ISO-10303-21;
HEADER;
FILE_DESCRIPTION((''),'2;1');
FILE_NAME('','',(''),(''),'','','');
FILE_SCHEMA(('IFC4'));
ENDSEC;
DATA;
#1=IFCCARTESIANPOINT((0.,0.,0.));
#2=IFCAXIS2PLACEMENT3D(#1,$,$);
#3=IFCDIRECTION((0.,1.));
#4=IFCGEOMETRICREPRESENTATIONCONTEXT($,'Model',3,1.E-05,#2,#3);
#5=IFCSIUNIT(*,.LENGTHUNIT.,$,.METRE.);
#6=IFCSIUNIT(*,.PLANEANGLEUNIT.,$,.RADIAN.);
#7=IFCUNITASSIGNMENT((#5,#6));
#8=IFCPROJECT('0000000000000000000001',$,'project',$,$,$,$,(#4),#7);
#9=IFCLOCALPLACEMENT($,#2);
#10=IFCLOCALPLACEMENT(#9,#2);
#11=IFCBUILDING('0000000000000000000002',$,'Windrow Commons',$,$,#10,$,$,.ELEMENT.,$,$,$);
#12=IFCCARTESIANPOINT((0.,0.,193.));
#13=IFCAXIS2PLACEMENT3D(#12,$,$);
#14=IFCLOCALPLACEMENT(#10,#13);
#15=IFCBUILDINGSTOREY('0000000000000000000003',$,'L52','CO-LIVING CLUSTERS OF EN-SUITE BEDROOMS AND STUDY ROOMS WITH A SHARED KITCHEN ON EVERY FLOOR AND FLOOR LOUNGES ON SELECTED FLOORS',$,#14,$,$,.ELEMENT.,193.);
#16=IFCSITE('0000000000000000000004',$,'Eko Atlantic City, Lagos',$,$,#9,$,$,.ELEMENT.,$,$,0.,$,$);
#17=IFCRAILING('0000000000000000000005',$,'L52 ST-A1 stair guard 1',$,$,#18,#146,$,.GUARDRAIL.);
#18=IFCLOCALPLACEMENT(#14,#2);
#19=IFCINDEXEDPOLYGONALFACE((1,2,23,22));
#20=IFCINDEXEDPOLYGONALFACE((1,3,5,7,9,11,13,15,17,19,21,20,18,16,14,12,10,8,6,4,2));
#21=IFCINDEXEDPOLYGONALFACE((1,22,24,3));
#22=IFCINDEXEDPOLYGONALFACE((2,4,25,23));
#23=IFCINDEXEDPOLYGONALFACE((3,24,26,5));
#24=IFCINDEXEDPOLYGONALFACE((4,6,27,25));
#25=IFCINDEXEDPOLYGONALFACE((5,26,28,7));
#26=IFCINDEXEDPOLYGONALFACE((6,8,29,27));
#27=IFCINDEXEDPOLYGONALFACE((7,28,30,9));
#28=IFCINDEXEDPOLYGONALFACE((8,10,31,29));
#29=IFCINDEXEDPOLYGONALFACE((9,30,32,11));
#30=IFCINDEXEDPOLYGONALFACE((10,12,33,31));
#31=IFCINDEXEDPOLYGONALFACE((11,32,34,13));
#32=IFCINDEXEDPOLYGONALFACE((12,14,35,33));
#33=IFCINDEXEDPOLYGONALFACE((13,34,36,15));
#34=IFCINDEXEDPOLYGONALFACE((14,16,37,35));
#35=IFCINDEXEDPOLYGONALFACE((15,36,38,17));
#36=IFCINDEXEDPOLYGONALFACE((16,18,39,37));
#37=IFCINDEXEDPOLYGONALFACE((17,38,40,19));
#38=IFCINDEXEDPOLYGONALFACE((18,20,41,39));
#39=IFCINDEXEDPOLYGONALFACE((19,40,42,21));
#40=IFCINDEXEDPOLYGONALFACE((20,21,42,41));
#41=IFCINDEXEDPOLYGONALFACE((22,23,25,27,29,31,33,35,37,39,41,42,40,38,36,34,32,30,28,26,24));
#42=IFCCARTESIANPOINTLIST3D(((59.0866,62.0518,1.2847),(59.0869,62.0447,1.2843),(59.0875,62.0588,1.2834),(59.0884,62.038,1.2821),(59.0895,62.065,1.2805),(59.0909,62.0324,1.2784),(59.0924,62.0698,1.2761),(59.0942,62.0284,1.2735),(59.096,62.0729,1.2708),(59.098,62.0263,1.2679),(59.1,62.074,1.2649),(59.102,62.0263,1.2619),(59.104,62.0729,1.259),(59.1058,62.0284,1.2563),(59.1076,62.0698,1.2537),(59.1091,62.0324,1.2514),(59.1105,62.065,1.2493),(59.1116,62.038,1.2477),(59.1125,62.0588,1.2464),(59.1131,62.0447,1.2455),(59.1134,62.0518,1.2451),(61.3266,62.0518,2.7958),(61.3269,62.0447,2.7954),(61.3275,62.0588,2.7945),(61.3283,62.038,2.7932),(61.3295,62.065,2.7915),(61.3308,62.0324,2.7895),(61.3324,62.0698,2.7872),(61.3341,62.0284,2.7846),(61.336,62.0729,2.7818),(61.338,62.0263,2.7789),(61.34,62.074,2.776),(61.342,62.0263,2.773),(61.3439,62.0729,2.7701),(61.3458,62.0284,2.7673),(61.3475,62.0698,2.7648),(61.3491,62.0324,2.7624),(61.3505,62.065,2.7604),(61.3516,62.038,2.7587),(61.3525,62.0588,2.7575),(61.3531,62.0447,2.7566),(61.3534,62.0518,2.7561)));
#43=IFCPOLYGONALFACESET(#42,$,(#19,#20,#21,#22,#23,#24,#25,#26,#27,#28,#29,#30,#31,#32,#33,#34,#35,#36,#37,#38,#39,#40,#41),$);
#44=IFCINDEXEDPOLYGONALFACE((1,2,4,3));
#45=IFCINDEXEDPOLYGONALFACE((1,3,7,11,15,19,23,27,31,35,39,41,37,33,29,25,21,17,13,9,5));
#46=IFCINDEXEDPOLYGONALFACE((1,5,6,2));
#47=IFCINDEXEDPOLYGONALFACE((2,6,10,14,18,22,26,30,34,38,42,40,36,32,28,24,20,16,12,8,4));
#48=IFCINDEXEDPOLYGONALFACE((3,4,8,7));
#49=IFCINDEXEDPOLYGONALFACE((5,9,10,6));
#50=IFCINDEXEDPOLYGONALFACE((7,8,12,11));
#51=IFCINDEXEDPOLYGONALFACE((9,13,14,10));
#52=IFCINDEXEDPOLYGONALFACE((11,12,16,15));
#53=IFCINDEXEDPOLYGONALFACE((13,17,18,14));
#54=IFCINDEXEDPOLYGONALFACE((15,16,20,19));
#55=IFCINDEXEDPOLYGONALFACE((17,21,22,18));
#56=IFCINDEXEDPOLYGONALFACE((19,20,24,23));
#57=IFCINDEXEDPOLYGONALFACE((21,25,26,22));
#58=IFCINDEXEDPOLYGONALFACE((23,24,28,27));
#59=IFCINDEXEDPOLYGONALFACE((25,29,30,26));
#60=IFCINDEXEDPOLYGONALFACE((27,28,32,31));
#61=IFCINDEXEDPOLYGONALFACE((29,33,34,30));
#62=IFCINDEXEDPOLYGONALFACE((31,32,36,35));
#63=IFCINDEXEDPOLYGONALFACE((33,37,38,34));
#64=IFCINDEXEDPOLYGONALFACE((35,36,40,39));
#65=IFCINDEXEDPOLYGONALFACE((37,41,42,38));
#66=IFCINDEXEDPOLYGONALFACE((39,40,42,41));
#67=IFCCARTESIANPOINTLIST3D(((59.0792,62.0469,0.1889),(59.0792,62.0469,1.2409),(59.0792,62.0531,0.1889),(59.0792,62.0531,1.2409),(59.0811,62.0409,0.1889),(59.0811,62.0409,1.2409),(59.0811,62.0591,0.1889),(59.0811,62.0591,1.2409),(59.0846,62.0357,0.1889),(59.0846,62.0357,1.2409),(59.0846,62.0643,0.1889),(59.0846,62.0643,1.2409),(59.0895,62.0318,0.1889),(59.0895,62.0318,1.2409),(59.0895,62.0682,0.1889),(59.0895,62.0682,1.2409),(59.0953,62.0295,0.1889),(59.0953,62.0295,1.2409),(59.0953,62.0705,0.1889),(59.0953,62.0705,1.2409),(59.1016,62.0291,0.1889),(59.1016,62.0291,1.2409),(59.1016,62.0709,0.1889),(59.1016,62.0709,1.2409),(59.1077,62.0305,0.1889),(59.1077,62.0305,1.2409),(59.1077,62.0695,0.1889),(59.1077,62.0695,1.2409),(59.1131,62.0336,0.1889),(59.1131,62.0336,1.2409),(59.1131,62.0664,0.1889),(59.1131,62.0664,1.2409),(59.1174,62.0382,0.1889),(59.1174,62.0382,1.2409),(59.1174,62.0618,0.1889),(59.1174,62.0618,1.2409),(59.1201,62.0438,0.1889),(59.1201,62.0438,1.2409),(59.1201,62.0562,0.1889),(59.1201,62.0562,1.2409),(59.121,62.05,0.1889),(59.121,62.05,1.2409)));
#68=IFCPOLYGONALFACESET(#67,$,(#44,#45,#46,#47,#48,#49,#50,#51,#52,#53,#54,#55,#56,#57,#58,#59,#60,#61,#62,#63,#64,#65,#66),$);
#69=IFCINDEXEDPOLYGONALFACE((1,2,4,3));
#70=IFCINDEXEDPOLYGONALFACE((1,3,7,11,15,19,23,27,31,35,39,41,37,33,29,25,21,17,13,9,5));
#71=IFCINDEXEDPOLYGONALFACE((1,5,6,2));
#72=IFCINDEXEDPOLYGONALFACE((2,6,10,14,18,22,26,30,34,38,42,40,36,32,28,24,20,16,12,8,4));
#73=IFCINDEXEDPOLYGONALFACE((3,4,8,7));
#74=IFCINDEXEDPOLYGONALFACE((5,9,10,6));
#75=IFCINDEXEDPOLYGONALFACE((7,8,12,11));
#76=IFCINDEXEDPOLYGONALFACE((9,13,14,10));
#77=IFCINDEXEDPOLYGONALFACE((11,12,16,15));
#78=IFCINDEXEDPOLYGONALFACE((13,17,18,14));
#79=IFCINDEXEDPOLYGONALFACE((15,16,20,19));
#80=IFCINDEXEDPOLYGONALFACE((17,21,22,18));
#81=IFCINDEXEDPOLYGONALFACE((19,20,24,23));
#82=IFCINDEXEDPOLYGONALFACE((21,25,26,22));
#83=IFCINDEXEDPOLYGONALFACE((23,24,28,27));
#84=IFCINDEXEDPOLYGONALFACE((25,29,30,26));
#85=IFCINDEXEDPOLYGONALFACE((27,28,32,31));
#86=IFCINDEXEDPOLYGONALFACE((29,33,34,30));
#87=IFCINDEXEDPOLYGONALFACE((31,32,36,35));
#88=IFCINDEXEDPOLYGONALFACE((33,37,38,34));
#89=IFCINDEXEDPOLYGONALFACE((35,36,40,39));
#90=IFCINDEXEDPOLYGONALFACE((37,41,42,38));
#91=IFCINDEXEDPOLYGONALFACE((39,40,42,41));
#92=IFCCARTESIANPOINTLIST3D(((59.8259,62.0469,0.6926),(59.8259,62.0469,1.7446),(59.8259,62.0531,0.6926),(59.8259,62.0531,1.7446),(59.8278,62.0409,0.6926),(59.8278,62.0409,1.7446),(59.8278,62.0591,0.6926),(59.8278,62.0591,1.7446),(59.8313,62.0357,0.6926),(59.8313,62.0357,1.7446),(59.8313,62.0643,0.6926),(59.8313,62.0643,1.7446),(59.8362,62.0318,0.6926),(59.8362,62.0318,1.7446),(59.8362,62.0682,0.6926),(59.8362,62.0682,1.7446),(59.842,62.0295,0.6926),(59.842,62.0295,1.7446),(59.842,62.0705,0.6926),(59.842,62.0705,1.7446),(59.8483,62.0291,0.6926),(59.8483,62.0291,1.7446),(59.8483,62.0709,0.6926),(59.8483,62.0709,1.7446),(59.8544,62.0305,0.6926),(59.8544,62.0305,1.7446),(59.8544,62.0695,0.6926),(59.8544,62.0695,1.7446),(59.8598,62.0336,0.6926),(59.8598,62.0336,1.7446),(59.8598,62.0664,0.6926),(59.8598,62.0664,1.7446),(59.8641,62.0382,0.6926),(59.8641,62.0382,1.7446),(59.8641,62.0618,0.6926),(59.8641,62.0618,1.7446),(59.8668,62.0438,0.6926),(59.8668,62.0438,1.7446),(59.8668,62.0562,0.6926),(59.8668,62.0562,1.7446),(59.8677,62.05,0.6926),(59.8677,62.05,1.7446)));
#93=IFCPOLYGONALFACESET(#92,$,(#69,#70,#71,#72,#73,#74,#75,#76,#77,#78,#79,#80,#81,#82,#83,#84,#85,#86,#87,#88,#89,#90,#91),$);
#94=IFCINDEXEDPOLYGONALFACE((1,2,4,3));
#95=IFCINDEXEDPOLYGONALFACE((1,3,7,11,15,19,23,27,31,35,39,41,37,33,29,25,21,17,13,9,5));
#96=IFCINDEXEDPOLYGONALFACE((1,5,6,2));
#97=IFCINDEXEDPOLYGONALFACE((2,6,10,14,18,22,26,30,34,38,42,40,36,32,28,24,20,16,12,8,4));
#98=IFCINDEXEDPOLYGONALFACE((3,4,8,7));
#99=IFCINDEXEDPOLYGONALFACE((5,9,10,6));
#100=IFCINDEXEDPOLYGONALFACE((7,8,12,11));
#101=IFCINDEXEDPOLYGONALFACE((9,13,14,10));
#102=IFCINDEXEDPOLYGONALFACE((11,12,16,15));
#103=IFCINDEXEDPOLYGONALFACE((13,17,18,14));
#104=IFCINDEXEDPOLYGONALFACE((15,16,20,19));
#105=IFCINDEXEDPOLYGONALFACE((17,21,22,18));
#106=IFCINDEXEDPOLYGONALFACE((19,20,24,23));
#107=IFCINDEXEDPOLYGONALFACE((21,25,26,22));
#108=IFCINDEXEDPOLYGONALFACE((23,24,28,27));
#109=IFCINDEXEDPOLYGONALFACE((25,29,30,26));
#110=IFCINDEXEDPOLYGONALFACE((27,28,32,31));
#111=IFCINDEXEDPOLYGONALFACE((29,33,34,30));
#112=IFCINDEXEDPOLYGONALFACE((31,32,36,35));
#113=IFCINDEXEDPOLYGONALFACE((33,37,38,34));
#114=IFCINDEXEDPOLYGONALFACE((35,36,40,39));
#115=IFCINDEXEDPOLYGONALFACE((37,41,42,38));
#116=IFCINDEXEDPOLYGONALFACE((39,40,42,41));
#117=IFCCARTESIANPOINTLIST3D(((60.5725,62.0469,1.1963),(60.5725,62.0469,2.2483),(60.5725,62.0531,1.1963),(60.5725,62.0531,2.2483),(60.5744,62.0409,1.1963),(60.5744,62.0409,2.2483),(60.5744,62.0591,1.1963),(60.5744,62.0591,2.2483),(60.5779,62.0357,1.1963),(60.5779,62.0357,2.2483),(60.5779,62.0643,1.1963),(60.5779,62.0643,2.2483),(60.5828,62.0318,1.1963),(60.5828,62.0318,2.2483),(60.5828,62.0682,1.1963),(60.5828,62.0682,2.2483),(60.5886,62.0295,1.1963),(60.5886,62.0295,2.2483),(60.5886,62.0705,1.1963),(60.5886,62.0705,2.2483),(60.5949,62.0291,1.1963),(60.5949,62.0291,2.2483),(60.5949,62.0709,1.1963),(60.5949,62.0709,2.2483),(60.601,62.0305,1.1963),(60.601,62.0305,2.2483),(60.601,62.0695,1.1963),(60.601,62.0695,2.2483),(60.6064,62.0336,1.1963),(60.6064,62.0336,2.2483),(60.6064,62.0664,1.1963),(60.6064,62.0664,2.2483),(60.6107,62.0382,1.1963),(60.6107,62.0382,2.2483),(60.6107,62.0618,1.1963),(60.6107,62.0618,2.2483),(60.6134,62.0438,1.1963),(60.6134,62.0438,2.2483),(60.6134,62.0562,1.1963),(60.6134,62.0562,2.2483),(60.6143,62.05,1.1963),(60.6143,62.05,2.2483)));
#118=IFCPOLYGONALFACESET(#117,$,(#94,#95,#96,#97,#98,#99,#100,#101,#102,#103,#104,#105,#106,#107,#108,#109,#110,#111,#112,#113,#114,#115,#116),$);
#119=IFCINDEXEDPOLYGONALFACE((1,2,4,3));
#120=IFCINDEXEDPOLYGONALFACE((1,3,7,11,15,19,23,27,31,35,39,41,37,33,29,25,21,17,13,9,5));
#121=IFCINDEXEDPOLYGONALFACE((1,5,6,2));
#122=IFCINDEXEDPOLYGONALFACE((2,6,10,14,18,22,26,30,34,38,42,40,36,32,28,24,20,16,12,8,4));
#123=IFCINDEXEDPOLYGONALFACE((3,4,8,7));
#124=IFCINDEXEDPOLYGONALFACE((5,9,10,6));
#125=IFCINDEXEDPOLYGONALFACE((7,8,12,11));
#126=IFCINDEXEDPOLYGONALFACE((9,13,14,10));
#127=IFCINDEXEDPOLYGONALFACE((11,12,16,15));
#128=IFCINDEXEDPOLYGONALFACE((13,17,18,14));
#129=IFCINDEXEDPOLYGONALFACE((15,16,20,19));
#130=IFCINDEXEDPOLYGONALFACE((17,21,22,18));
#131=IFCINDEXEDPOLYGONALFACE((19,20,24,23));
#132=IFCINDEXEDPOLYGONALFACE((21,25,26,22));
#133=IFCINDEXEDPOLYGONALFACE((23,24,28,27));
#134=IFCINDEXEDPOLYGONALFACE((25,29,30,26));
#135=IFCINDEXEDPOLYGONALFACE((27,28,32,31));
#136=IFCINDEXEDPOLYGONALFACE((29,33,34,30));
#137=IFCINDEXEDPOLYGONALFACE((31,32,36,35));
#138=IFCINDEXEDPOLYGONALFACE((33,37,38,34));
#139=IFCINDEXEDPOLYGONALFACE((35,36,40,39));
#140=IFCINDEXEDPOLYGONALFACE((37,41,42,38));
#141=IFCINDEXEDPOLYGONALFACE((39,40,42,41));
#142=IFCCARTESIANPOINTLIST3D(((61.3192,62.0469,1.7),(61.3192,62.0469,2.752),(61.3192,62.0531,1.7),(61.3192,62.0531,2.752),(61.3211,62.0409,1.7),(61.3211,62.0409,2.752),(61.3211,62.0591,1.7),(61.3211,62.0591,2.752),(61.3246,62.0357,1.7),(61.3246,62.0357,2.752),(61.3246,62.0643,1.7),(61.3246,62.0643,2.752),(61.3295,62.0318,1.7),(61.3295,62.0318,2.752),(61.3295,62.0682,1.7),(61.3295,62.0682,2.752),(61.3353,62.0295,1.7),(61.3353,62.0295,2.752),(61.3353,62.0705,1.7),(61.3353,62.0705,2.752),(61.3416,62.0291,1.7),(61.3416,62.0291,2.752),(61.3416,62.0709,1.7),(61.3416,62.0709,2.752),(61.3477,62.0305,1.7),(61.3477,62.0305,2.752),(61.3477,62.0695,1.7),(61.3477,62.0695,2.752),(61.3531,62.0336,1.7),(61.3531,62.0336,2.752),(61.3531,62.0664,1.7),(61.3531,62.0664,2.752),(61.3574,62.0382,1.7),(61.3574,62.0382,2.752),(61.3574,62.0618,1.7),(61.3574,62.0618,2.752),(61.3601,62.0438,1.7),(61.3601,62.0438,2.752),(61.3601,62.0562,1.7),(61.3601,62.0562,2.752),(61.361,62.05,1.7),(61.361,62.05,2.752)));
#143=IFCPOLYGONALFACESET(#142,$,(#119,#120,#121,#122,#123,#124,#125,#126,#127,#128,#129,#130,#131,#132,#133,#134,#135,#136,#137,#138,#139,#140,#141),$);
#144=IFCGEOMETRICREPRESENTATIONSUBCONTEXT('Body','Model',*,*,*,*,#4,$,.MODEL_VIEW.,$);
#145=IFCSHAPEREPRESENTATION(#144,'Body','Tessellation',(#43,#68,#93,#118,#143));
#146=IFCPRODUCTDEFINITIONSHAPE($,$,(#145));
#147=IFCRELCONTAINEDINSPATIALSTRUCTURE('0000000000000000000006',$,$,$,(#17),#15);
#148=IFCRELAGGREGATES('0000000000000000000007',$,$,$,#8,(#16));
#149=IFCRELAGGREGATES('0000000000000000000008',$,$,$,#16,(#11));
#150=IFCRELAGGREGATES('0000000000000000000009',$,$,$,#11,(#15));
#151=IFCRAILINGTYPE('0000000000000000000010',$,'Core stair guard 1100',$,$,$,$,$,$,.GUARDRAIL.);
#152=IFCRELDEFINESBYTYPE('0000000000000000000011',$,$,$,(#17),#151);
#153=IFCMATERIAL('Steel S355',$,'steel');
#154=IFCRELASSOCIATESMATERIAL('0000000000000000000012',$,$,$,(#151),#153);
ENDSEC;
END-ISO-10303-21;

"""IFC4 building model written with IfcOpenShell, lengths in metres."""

from ifc_helpers import new_model, si_unit, direction, frame, origin, origin_2d, place, context, subcontext, project, spatial, circle, extrude, material, type_object, element, save


model = new_model("IFC4")

# Units and contexts
model_context = context("Model", 3, precision=1e-05, world=origin(), true_north=direction((0.0, 1.0)))
body_context = subcontext(model_context, "Body", "Model", "MODEL_VIEW")
ifc_project = project(units=[si_unit("LENGTHUNIT", "METRE"), si_unit("PLANEANGLEUNIT", "RADIAN")], contexts=[model_context])

# Site, building, storey
site_placement = place(None, origin())
site = spatial("IfcSite", under=ifc_project, at=site_placement, Name="Eko Atlantic City, Lagos", CompositionType="ELEMENT", RefElevation=0.0)
building_placement = place(site_placement, origin())
building = spatial("IfcBuilding", under=site, at=building_placement, Name="Windrow Commons", CompositionType="ELEMENT")
storey_placement = place(building_placement, frame((0.0, 0.0, 193.0)))
storey = spatial("IfcBuildingStorey", under=building, at=storey_placement, Name="L52", Description="CO-LIVING CLUSTERS OF EN-SUITE BEDROOMS AND STUDY ROOMS WITH A SHARED KITCHEN ON EVERY FLOOR AND FLOOR LOUNGES ON SELECTED FLOORS", CompositionType="ELEMENT", Elevation=193.0)

# Railing
ifc_material_1 = material(Name="Steel S355", Category="steel")
railing_type_1 = type_object("IfcRailingType", Name="Core stair guard 1100", PredefinedType="GUARDRAIL", material=ifc_material_1)
railing_1_placement = place(storey_placement, frame((59.1, 62.05, 0.1889)))
element("IfcRailing", 1, at=railing_1_placement, inside=storey, type_object=railing_type_1, Name="L52 ST-A1 stair guard 1", PredefinedType="GUARDRAIL", context=body_context, shape_type="SweptSolid", body=[
    extrude(circle(Radius=0.024, at=origin_2d()), frame((0.0, 0.0, 1.076), z_axis=(0.829003, 0.0, 0.559244), x_axis=(0.0, 1.0, 0.0)), (0.0, 0.0, 1.0), 2.702),
    extrude(circle(Radius=0.021, at=origin_2d()), origin(), (0.0, 0.0, 1.0), 1.052),
    extrude(circle(Radius=0.021, at=origin_2d()), frame((0.7467, 0.0, 0.5037)), (0.0, 0.0, 1.0), 1.052),
    extrude(circle(Radius=0.021, at=origin_2d()), frame((1.4933, 0.0, 1.0074)), (0.0, 0.0, 1.0), 1.052),
    extrude(circle(Radius=0.021, at=origin_2d()), frame((2.24, 0.0, 1.5111)), (0.0, 0.0, 1.0), 1.052),
])

save(model, "model.ifc")
